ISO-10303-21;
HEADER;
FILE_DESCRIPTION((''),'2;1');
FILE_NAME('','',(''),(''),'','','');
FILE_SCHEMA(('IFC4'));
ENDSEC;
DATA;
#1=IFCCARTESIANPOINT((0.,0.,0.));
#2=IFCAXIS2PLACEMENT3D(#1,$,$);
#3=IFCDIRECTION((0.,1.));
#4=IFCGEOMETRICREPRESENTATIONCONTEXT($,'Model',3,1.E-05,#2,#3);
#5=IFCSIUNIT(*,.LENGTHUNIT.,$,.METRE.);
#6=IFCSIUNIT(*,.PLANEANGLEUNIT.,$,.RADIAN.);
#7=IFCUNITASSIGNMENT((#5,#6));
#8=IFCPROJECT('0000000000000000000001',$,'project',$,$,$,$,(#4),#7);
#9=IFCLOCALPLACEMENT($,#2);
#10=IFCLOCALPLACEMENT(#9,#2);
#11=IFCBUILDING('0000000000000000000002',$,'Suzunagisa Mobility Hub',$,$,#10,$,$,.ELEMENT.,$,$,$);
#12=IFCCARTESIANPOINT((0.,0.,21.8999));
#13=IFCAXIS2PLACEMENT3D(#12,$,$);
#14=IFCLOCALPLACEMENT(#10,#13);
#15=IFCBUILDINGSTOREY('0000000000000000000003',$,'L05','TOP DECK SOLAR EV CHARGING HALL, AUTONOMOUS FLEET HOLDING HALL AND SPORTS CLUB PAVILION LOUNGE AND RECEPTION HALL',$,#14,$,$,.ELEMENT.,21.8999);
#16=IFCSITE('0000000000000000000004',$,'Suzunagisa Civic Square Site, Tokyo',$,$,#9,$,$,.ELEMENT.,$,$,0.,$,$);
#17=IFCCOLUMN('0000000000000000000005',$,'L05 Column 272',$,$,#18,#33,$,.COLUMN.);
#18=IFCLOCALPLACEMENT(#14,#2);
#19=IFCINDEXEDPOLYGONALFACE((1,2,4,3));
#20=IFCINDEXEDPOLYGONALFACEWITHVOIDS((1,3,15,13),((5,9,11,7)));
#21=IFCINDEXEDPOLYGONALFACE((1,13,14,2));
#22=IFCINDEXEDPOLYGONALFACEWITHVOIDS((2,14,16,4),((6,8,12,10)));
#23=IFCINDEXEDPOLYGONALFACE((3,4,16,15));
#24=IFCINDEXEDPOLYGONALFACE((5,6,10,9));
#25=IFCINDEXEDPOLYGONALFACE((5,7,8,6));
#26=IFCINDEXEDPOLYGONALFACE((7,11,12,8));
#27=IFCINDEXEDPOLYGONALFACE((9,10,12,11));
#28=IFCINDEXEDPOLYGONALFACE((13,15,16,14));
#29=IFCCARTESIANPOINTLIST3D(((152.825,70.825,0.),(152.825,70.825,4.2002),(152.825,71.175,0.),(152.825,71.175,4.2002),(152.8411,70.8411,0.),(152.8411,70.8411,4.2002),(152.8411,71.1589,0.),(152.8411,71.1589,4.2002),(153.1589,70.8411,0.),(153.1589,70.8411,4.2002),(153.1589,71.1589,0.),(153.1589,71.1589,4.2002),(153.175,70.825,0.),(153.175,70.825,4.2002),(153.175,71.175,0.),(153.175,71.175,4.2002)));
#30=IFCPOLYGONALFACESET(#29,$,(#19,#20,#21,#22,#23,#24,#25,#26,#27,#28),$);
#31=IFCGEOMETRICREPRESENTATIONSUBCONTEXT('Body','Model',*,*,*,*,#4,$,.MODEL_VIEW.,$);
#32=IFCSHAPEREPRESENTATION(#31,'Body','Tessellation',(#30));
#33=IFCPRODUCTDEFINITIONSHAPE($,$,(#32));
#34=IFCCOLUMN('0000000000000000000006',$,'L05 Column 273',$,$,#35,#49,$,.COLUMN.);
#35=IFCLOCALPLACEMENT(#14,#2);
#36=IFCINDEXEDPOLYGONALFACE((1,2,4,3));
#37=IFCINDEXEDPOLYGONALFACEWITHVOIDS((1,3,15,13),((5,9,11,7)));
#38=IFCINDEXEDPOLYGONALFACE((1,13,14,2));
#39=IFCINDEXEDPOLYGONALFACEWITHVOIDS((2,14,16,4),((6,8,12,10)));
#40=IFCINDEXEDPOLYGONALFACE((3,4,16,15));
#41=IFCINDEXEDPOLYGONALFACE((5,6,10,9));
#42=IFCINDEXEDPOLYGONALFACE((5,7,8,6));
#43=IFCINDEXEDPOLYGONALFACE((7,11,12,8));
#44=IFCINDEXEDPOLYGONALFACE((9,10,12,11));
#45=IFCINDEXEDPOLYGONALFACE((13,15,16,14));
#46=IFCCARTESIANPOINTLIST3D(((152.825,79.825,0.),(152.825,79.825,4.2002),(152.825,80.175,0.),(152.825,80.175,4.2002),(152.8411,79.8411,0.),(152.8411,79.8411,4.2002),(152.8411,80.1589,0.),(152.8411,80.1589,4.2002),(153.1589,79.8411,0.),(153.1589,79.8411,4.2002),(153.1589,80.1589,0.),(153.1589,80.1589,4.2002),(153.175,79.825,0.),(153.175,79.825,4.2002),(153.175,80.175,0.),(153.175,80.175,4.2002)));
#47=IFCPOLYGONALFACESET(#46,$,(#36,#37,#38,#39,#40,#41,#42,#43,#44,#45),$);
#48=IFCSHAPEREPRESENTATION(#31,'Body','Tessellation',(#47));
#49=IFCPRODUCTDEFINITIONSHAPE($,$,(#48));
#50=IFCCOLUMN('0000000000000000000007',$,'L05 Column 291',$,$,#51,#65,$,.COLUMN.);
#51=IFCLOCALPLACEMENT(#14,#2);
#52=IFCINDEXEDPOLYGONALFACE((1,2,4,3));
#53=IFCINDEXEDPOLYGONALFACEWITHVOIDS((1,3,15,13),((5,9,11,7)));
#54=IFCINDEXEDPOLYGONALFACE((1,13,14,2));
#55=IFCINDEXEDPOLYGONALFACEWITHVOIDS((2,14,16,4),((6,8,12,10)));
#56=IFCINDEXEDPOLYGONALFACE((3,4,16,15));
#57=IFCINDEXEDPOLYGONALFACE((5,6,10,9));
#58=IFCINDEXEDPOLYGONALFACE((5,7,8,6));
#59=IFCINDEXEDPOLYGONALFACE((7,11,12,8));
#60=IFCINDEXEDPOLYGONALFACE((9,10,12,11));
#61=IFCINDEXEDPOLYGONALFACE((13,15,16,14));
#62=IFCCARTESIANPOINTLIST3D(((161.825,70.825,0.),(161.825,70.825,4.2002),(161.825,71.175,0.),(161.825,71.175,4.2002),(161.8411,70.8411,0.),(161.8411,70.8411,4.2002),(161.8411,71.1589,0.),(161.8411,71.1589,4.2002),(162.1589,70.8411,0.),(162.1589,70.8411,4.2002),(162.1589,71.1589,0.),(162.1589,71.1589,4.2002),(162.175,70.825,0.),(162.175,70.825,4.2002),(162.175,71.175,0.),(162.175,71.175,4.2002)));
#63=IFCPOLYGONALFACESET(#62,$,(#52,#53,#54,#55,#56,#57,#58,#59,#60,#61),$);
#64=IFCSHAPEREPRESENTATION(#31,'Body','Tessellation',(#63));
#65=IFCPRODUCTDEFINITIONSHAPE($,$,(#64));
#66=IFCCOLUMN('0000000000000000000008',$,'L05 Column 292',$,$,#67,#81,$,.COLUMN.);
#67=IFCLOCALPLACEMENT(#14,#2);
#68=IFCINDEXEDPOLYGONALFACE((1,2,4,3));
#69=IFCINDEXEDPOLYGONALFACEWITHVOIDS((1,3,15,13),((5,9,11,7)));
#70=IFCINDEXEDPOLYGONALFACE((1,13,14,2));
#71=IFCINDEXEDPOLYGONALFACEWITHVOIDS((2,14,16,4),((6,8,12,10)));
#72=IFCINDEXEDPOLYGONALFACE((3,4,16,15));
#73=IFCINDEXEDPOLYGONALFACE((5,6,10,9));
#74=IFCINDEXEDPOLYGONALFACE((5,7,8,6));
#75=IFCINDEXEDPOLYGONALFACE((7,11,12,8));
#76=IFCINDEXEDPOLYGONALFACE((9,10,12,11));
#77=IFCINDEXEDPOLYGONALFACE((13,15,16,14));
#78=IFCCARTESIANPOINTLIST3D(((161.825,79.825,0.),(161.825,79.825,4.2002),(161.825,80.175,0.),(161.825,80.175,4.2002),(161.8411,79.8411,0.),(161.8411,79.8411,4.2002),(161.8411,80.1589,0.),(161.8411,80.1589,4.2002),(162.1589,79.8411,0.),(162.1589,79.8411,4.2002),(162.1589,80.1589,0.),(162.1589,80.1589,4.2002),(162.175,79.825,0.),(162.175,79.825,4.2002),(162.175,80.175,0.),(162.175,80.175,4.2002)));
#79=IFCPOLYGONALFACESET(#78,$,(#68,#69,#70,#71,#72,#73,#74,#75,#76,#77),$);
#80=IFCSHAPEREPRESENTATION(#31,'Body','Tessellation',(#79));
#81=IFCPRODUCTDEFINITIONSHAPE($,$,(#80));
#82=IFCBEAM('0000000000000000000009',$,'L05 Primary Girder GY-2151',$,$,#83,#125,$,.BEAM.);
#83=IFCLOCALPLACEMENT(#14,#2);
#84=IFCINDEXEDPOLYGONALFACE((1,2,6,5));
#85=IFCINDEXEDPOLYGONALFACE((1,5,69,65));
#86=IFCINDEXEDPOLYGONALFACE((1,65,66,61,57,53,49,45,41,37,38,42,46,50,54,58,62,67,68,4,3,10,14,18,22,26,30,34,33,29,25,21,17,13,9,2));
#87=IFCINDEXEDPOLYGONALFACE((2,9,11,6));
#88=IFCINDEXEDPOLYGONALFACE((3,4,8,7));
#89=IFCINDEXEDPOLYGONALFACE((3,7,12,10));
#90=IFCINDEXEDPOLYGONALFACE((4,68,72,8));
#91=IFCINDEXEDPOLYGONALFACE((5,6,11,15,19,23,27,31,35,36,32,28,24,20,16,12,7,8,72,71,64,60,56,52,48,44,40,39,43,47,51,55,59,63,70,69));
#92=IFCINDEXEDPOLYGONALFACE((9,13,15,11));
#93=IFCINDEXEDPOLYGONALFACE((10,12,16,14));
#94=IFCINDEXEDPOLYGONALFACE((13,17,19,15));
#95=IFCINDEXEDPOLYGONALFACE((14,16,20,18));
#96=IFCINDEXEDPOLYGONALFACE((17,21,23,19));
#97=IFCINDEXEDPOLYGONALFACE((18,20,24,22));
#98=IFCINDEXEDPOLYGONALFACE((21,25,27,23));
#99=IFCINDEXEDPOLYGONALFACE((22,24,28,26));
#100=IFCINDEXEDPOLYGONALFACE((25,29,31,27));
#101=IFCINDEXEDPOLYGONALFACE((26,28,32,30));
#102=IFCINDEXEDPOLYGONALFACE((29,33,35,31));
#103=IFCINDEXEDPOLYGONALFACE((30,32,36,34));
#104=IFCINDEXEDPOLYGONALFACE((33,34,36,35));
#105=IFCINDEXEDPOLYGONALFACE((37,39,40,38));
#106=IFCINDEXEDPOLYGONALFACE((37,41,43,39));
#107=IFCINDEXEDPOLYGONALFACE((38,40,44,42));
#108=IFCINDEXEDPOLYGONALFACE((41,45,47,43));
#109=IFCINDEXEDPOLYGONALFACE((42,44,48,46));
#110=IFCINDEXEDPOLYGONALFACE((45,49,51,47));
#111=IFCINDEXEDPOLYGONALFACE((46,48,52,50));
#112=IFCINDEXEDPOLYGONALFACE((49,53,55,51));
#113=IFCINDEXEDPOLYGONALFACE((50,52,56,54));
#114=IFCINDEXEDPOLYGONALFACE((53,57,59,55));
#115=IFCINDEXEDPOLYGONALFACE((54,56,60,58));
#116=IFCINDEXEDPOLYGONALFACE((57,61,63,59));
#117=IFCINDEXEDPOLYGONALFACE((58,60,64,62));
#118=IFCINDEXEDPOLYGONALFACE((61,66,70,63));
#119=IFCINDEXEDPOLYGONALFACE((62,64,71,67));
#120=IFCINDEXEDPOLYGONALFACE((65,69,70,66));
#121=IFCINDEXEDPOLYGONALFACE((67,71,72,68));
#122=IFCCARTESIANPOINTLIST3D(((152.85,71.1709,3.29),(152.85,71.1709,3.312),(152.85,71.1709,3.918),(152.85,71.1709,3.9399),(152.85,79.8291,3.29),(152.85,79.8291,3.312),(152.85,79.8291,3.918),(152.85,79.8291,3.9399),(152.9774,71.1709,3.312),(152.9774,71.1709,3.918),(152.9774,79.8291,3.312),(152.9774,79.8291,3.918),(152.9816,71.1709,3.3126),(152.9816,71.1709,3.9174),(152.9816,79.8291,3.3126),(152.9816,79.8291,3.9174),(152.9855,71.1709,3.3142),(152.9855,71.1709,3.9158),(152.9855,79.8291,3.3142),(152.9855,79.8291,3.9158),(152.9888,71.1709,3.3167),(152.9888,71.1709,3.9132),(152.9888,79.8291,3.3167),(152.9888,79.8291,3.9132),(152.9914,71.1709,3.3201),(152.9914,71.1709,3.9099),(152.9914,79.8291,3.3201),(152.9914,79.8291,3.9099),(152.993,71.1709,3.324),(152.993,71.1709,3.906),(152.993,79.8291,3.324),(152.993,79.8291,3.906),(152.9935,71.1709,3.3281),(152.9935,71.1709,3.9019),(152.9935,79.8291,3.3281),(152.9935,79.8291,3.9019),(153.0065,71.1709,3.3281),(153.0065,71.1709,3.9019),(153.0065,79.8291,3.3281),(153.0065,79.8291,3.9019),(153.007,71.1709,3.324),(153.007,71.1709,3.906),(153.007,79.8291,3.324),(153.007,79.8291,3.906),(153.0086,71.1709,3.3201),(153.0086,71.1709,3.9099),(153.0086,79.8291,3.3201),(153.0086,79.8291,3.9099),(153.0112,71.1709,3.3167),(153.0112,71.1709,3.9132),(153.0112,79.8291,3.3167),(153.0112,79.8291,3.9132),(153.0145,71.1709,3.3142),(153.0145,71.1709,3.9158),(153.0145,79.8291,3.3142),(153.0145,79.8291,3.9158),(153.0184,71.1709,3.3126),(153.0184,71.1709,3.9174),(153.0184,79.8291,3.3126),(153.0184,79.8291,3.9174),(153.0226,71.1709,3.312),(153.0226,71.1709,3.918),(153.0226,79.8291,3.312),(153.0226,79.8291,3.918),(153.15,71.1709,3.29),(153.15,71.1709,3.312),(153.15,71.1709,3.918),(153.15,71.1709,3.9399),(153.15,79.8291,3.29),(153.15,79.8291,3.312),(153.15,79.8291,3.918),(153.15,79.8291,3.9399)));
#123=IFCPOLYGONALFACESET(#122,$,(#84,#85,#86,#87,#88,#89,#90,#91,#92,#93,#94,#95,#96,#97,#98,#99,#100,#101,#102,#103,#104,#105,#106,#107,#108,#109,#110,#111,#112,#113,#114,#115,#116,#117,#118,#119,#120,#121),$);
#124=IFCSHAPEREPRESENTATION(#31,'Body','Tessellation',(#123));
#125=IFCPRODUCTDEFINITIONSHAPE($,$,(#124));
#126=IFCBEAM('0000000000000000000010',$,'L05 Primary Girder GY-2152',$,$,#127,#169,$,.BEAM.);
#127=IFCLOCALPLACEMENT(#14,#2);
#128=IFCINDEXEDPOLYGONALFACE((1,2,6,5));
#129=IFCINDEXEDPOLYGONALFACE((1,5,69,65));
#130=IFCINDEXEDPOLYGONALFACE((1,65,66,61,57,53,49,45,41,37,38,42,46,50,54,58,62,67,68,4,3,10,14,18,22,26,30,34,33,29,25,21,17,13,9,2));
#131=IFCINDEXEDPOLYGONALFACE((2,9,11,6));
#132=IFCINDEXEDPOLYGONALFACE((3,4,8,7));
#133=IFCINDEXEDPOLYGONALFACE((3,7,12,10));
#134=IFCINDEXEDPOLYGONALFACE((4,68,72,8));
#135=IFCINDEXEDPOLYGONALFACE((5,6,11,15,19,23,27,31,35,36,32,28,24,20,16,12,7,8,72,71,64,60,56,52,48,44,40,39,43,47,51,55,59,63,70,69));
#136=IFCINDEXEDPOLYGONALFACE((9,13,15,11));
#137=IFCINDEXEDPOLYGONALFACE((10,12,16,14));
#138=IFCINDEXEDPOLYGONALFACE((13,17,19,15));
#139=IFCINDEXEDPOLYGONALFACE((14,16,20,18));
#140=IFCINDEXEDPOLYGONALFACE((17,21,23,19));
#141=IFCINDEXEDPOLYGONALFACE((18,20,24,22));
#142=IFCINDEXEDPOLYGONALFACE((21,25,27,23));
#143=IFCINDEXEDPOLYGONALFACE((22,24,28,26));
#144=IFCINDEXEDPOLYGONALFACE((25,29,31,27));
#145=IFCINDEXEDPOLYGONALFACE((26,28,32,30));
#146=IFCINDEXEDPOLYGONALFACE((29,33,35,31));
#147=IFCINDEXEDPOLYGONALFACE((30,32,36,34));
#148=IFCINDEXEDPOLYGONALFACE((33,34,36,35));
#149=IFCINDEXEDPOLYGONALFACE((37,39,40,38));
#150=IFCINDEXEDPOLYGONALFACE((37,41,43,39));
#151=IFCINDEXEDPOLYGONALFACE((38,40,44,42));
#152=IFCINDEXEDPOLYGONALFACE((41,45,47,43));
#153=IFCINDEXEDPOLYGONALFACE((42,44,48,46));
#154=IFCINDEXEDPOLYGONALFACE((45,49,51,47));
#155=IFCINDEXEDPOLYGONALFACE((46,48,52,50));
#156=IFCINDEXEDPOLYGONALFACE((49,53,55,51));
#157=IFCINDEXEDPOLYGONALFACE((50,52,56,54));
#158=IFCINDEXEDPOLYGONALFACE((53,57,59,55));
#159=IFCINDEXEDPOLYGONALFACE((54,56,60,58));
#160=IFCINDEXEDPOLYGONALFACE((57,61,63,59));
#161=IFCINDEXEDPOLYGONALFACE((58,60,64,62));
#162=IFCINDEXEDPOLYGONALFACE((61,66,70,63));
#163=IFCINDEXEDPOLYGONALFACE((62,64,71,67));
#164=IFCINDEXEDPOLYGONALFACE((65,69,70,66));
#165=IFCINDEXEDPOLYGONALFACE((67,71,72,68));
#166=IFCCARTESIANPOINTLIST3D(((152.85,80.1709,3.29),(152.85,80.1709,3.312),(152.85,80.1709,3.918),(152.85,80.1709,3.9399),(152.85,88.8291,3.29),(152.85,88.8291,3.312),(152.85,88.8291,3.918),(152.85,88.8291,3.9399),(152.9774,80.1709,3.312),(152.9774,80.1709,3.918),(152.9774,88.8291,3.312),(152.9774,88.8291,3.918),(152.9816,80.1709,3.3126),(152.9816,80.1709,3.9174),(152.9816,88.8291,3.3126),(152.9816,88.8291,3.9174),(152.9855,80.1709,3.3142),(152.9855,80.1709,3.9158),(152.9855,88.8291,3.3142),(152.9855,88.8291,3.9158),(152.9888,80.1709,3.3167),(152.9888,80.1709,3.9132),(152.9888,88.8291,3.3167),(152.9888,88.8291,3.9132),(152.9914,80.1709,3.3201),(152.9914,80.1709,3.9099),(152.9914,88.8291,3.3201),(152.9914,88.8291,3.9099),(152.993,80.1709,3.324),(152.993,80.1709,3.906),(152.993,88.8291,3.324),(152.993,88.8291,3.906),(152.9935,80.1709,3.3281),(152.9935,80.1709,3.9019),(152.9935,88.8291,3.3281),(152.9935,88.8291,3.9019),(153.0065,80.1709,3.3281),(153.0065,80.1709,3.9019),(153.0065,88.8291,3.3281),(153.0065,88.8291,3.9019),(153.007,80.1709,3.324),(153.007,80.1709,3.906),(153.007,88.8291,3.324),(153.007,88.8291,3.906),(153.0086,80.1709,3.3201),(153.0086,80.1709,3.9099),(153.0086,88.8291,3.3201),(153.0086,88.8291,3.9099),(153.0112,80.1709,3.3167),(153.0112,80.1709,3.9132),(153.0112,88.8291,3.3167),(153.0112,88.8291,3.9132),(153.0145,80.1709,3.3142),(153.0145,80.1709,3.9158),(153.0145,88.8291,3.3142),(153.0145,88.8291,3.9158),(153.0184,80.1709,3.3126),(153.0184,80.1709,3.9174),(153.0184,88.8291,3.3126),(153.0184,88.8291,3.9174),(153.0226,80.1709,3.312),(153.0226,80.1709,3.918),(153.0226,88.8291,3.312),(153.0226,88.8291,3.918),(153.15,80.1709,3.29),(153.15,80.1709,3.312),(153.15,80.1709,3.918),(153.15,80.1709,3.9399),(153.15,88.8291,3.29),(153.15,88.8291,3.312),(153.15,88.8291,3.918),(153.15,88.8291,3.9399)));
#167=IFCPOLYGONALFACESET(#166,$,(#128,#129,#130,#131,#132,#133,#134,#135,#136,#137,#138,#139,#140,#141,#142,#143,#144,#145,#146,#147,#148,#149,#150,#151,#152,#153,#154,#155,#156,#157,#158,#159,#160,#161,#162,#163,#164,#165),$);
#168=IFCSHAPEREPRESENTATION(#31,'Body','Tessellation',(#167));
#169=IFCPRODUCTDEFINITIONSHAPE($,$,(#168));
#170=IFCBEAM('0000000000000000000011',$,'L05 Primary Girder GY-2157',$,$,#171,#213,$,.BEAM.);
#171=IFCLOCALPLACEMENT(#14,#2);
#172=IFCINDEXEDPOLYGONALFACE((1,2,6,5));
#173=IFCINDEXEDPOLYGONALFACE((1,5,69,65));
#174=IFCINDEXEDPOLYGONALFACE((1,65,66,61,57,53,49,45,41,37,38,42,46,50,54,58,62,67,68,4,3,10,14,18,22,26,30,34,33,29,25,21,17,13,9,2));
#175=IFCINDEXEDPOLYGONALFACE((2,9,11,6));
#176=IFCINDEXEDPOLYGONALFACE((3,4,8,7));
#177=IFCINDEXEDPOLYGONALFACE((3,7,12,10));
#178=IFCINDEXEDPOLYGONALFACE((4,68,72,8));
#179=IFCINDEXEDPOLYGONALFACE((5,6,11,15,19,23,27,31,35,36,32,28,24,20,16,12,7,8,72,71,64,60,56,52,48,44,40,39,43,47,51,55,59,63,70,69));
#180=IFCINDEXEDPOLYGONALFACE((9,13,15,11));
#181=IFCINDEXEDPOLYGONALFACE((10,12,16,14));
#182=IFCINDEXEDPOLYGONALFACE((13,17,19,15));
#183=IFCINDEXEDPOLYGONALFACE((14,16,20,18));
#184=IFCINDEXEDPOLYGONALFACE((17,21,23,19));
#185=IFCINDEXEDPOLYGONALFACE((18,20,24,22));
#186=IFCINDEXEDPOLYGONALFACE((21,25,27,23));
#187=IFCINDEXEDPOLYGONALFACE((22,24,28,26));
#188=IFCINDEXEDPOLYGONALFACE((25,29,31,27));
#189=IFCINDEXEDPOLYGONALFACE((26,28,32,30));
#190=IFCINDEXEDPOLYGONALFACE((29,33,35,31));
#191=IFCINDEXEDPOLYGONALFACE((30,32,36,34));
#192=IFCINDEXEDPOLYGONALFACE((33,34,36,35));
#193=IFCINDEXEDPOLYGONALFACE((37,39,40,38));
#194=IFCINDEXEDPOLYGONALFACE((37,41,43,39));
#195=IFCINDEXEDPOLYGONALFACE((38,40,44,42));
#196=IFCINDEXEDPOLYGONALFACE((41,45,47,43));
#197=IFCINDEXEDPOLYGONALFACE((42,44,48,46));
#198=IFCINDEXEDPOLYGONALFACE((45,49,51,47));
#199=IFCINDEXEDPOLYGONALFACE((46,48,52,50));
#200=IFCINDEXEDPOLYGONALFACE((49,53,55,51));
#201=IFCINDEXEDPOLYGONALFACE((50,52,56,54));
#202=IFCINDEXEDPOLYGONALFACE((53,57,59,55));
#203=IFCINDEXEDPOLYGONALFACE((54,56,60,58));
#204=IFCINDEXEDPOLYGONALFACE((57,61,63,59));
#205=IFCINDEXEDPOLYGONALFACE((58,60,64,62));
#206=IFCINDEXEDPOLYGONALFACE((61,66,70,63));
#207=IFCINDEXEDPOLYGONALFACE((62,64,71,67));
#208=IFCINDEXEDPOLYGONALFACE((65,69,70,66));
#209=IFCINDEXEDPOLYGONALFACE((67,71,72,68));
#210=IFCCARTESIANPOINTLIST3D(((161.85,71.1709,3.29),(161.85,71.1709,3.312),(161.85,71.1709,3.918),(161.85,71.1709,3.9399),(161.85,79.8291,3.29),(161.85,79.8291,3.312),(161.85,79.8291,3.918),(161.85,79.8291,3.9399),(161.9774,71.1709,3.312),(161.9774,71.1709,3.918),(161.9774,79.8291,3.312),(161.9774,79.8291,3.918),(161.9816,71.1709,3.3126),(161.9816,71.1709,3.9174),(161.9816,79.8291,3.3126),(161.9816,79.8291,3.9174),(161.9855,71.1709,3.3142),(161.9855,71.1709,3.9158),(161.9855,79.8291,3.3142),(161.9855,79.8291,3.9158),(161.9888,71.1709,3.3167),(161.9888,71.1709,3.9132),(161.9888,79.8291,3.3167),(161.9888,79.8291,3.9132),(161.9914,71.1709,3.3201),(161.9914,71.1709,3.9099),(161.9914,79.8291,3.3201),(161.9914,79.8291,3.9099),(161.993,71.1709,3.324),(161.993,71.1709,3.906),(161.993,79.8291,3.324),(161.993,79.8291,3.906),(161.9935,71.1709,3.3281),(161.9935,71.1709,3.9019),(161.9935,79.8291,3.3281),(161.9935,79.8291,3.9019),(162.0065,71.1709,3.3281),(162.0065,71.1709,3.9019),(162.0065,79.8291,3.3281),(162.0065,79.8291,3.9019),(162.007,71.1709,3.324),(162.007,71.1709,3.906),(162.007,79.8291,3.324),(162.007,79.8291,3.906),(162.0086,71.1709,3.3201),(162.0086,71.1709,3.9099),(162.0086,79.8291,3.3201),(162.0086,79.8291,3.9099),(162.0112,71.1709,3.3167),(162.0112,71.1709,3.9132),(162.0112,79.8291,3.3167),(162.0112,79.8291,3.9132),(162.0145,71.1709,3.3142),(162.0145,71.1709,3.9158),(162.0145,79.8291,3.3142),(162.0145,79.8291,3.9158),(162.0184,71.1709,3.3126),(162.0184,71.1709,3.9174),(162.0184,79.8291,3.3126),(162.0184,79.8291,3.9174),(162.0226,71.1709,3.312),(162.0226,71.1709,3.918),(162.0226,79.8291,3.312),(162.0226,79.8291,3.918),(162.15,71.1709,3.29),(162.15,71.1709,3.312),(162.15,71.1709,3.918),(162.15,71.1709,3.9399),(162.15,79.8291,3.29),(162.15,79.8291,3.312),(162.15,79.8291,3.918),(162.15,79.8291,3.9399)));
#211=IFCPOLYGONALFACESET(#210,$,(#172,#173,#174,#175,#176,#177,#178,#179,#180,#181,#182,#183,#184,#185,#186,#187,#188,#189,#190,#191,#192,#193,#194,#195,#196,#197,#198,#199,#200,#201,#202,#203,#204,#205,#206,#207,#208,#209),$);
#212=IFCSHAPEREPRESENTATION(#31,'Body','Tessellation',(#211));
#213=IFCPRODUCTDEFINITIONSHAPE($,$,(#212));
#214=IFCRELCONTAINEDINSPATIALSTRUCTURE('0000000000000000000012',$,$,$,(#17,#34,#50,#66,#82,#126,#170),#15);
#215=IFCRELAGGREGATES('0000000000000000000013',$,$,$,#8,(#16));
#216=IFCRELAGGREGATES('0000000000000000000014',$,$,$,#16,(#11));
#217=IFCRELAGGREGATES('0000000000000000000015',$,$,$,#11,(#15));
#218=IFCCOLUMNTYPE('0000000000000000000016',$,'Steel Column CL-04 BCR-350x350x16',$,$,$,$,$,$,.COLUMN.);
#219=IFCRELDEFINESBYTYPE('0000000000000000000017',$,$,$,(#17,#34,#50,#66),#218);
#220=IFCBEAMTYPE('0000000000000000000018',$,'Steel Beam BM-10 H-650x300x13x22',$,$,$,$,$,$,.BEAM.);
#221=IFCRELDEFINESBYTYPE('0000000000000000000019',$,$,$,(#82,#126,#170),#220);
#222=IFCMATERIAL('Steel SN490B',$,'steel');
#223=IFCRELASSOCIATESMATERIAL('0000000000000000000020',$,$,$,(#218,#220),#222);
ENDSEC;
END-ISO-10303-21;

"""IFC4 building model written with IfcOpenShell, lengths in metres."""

from ifc_helpers import new_model, si_unit, direction, frame, origin, origin_2d, place, context, subcontext, project, spatial, hollow_rectangle, i_section, extrude, material, material_profile, profile_set, type_object, element, save


model = new_model("IFC4")

# Units and contexts
model_context = context("Model", 3, precision=1e-05, world=origin(), true_north=direction((0.0, 1.0)))
body_context = subcontext(model_context, "Body", "Model", "MODEL_VIEW")
ifc_project = project(units=[si_unit("LENGTHUNIT", "METRE"), si_unit("PLANEANGLEUNIT", "RADIAN")], contexts=[model_context])

# Site, building, storey
site_placement = place(None, origin())
site = spatial("IfcSite", under=ifc_project, at=site_placement, Name="Suzunagisa Civic Square Site, Tokyo", CompositionType="ELEMENT", RefElevation=0.0)
building_placement = place(site_placement, origin())
building = spatial("IfcBuilding", under=site, at=building_placement, Name="Suzunagisa Mobility Hub", CompositionType="ELEMENT")
storey_placement = place(building_placement, frame((0.0, 0.0, 21.8999)))
storey = spatial("IfcBuildingStorey", under=building, at=storey_placement, Name="L05", Description="TOP DECK SOLAR EV CHARGING HALL, AUTONOMOUS FLEET HOLDING HALL AND SPORTS CLUB PAVILION LOUNGE AND RECEPTION HALL", CompositionType="ELEMENT", Elevation=21.8999)

# Columns
ifc_material_1 = material(Name="Steel SN490B", Category="steel")
ifc_material_profile_1 = material_profile(ifc_material_1, hollow_rectangle(XDim=0.3501, YDim=0.3501, WallThickness=0.0161, at=origin_2d()), Name="BCR-350x350x16")
ifc_profile_set_1 = profile_set([ifc_material_profile_1], Name="Steel SN490B")
column_type = type_object("IfcColumnType", Name="Steel Column CL-04 BCR-350x350x16", PredefinedType="COLUMN", material=ifc_profile_set_1)
for number, where, z_axis, x_axis, name in (
    (1, (153.0, 71.0, 0.0), (0.0, 0.0, 1.0), (1.0, 0.0, 0.0), "L05 Column 272"),
    (2, (153.0, 80.0, 0.0), (0.0, 0.0, 1.0), (1.0, 0.0, 0.0), "L05 Column 273"),
    (3, (162.0, 71.0, 0.0), (0.0, 0.0, 1.0), (1.0, 0.0, 0.0), "L05 Column 291"),
    (4, (162.0, 80.0, 0.0), (0.0, 0.0, 1.0), (1.0, 0.0, 0.0), "L05 Column 292"),
):
    element("IfcColumn", number, at=place(storey_placement, frame(where, z_axis=z_axis, x_axis=x_axis)), inside=storey, type_object=column_type, Name=name, PredefinedType="COLUMN", context=body_context, shape_type="SweptSolid", body=[
        extrude(hollow_rectangle(XDim=0.3501, YDim=0.3501, WallThickness=0.0161, at=origin_2d()), origin(), (0.0, 0.0, 1.0), 4.2002),
    ])

# Beams
ifc_material_profile_2 = material_profile(ifc_material_1, i_section(OverallWidth=0.3, OverallDepth=0.6499, WebThickness=0.0129, FlangeThickness=0.022, FilletRadius=0.0161, at=origin_2d()), Name="H-650x300x13x22")
ifc_profile_set_2 = profile_set([ifc_material_profile_2], Name="Steel SN490B")
beam_type_1 = type_object("IfcBeamType", Name="Steel Beam BM-10 H-650x300x13x22", PredefinedType="BEAM", material=ifc_profile_set_2)
for number, where, z_axis, x_axis, name in (
    (5, (153.0, 71.1709, 3.615), (0.0, 1.0, 0.0), (-1.0, 0.0, 0.0), "L05 Primary Girder GY-2151"),
    (6, (153.0, 80.1709, 3.615), (0.0, 1.0, 0.0), (-1.0, 0.0, 0.0), "L05 Primary Girder GY-2152"),
    (7, (162.0, 71.1709, 3.615), (0.0, 1.0, 0.0), (-1.0, 0.0, 0.0), "L05 Primary Girder GY-2157"),
):
    element("IfcBeam", number, at=place(storey_placement, frame(where, z_axis=z_axis, x_axis=x_axis)), inside=storey, type_object=beam_type_1, Name=name, PredefinedType="BEAM", context=body_context, shape_type="SweptSolid", body=[
        extrude(i_section(OverallWidth=0.3, OverallDepth=0.6499, WebThickness=0.0129, FlangeThickness=0.022, FilletRadius=0.0161, at=origin_2d()), origin(), (0.0, 0.0, 1.0), 8.6582),
    ])

save(model, "model.ifc")
